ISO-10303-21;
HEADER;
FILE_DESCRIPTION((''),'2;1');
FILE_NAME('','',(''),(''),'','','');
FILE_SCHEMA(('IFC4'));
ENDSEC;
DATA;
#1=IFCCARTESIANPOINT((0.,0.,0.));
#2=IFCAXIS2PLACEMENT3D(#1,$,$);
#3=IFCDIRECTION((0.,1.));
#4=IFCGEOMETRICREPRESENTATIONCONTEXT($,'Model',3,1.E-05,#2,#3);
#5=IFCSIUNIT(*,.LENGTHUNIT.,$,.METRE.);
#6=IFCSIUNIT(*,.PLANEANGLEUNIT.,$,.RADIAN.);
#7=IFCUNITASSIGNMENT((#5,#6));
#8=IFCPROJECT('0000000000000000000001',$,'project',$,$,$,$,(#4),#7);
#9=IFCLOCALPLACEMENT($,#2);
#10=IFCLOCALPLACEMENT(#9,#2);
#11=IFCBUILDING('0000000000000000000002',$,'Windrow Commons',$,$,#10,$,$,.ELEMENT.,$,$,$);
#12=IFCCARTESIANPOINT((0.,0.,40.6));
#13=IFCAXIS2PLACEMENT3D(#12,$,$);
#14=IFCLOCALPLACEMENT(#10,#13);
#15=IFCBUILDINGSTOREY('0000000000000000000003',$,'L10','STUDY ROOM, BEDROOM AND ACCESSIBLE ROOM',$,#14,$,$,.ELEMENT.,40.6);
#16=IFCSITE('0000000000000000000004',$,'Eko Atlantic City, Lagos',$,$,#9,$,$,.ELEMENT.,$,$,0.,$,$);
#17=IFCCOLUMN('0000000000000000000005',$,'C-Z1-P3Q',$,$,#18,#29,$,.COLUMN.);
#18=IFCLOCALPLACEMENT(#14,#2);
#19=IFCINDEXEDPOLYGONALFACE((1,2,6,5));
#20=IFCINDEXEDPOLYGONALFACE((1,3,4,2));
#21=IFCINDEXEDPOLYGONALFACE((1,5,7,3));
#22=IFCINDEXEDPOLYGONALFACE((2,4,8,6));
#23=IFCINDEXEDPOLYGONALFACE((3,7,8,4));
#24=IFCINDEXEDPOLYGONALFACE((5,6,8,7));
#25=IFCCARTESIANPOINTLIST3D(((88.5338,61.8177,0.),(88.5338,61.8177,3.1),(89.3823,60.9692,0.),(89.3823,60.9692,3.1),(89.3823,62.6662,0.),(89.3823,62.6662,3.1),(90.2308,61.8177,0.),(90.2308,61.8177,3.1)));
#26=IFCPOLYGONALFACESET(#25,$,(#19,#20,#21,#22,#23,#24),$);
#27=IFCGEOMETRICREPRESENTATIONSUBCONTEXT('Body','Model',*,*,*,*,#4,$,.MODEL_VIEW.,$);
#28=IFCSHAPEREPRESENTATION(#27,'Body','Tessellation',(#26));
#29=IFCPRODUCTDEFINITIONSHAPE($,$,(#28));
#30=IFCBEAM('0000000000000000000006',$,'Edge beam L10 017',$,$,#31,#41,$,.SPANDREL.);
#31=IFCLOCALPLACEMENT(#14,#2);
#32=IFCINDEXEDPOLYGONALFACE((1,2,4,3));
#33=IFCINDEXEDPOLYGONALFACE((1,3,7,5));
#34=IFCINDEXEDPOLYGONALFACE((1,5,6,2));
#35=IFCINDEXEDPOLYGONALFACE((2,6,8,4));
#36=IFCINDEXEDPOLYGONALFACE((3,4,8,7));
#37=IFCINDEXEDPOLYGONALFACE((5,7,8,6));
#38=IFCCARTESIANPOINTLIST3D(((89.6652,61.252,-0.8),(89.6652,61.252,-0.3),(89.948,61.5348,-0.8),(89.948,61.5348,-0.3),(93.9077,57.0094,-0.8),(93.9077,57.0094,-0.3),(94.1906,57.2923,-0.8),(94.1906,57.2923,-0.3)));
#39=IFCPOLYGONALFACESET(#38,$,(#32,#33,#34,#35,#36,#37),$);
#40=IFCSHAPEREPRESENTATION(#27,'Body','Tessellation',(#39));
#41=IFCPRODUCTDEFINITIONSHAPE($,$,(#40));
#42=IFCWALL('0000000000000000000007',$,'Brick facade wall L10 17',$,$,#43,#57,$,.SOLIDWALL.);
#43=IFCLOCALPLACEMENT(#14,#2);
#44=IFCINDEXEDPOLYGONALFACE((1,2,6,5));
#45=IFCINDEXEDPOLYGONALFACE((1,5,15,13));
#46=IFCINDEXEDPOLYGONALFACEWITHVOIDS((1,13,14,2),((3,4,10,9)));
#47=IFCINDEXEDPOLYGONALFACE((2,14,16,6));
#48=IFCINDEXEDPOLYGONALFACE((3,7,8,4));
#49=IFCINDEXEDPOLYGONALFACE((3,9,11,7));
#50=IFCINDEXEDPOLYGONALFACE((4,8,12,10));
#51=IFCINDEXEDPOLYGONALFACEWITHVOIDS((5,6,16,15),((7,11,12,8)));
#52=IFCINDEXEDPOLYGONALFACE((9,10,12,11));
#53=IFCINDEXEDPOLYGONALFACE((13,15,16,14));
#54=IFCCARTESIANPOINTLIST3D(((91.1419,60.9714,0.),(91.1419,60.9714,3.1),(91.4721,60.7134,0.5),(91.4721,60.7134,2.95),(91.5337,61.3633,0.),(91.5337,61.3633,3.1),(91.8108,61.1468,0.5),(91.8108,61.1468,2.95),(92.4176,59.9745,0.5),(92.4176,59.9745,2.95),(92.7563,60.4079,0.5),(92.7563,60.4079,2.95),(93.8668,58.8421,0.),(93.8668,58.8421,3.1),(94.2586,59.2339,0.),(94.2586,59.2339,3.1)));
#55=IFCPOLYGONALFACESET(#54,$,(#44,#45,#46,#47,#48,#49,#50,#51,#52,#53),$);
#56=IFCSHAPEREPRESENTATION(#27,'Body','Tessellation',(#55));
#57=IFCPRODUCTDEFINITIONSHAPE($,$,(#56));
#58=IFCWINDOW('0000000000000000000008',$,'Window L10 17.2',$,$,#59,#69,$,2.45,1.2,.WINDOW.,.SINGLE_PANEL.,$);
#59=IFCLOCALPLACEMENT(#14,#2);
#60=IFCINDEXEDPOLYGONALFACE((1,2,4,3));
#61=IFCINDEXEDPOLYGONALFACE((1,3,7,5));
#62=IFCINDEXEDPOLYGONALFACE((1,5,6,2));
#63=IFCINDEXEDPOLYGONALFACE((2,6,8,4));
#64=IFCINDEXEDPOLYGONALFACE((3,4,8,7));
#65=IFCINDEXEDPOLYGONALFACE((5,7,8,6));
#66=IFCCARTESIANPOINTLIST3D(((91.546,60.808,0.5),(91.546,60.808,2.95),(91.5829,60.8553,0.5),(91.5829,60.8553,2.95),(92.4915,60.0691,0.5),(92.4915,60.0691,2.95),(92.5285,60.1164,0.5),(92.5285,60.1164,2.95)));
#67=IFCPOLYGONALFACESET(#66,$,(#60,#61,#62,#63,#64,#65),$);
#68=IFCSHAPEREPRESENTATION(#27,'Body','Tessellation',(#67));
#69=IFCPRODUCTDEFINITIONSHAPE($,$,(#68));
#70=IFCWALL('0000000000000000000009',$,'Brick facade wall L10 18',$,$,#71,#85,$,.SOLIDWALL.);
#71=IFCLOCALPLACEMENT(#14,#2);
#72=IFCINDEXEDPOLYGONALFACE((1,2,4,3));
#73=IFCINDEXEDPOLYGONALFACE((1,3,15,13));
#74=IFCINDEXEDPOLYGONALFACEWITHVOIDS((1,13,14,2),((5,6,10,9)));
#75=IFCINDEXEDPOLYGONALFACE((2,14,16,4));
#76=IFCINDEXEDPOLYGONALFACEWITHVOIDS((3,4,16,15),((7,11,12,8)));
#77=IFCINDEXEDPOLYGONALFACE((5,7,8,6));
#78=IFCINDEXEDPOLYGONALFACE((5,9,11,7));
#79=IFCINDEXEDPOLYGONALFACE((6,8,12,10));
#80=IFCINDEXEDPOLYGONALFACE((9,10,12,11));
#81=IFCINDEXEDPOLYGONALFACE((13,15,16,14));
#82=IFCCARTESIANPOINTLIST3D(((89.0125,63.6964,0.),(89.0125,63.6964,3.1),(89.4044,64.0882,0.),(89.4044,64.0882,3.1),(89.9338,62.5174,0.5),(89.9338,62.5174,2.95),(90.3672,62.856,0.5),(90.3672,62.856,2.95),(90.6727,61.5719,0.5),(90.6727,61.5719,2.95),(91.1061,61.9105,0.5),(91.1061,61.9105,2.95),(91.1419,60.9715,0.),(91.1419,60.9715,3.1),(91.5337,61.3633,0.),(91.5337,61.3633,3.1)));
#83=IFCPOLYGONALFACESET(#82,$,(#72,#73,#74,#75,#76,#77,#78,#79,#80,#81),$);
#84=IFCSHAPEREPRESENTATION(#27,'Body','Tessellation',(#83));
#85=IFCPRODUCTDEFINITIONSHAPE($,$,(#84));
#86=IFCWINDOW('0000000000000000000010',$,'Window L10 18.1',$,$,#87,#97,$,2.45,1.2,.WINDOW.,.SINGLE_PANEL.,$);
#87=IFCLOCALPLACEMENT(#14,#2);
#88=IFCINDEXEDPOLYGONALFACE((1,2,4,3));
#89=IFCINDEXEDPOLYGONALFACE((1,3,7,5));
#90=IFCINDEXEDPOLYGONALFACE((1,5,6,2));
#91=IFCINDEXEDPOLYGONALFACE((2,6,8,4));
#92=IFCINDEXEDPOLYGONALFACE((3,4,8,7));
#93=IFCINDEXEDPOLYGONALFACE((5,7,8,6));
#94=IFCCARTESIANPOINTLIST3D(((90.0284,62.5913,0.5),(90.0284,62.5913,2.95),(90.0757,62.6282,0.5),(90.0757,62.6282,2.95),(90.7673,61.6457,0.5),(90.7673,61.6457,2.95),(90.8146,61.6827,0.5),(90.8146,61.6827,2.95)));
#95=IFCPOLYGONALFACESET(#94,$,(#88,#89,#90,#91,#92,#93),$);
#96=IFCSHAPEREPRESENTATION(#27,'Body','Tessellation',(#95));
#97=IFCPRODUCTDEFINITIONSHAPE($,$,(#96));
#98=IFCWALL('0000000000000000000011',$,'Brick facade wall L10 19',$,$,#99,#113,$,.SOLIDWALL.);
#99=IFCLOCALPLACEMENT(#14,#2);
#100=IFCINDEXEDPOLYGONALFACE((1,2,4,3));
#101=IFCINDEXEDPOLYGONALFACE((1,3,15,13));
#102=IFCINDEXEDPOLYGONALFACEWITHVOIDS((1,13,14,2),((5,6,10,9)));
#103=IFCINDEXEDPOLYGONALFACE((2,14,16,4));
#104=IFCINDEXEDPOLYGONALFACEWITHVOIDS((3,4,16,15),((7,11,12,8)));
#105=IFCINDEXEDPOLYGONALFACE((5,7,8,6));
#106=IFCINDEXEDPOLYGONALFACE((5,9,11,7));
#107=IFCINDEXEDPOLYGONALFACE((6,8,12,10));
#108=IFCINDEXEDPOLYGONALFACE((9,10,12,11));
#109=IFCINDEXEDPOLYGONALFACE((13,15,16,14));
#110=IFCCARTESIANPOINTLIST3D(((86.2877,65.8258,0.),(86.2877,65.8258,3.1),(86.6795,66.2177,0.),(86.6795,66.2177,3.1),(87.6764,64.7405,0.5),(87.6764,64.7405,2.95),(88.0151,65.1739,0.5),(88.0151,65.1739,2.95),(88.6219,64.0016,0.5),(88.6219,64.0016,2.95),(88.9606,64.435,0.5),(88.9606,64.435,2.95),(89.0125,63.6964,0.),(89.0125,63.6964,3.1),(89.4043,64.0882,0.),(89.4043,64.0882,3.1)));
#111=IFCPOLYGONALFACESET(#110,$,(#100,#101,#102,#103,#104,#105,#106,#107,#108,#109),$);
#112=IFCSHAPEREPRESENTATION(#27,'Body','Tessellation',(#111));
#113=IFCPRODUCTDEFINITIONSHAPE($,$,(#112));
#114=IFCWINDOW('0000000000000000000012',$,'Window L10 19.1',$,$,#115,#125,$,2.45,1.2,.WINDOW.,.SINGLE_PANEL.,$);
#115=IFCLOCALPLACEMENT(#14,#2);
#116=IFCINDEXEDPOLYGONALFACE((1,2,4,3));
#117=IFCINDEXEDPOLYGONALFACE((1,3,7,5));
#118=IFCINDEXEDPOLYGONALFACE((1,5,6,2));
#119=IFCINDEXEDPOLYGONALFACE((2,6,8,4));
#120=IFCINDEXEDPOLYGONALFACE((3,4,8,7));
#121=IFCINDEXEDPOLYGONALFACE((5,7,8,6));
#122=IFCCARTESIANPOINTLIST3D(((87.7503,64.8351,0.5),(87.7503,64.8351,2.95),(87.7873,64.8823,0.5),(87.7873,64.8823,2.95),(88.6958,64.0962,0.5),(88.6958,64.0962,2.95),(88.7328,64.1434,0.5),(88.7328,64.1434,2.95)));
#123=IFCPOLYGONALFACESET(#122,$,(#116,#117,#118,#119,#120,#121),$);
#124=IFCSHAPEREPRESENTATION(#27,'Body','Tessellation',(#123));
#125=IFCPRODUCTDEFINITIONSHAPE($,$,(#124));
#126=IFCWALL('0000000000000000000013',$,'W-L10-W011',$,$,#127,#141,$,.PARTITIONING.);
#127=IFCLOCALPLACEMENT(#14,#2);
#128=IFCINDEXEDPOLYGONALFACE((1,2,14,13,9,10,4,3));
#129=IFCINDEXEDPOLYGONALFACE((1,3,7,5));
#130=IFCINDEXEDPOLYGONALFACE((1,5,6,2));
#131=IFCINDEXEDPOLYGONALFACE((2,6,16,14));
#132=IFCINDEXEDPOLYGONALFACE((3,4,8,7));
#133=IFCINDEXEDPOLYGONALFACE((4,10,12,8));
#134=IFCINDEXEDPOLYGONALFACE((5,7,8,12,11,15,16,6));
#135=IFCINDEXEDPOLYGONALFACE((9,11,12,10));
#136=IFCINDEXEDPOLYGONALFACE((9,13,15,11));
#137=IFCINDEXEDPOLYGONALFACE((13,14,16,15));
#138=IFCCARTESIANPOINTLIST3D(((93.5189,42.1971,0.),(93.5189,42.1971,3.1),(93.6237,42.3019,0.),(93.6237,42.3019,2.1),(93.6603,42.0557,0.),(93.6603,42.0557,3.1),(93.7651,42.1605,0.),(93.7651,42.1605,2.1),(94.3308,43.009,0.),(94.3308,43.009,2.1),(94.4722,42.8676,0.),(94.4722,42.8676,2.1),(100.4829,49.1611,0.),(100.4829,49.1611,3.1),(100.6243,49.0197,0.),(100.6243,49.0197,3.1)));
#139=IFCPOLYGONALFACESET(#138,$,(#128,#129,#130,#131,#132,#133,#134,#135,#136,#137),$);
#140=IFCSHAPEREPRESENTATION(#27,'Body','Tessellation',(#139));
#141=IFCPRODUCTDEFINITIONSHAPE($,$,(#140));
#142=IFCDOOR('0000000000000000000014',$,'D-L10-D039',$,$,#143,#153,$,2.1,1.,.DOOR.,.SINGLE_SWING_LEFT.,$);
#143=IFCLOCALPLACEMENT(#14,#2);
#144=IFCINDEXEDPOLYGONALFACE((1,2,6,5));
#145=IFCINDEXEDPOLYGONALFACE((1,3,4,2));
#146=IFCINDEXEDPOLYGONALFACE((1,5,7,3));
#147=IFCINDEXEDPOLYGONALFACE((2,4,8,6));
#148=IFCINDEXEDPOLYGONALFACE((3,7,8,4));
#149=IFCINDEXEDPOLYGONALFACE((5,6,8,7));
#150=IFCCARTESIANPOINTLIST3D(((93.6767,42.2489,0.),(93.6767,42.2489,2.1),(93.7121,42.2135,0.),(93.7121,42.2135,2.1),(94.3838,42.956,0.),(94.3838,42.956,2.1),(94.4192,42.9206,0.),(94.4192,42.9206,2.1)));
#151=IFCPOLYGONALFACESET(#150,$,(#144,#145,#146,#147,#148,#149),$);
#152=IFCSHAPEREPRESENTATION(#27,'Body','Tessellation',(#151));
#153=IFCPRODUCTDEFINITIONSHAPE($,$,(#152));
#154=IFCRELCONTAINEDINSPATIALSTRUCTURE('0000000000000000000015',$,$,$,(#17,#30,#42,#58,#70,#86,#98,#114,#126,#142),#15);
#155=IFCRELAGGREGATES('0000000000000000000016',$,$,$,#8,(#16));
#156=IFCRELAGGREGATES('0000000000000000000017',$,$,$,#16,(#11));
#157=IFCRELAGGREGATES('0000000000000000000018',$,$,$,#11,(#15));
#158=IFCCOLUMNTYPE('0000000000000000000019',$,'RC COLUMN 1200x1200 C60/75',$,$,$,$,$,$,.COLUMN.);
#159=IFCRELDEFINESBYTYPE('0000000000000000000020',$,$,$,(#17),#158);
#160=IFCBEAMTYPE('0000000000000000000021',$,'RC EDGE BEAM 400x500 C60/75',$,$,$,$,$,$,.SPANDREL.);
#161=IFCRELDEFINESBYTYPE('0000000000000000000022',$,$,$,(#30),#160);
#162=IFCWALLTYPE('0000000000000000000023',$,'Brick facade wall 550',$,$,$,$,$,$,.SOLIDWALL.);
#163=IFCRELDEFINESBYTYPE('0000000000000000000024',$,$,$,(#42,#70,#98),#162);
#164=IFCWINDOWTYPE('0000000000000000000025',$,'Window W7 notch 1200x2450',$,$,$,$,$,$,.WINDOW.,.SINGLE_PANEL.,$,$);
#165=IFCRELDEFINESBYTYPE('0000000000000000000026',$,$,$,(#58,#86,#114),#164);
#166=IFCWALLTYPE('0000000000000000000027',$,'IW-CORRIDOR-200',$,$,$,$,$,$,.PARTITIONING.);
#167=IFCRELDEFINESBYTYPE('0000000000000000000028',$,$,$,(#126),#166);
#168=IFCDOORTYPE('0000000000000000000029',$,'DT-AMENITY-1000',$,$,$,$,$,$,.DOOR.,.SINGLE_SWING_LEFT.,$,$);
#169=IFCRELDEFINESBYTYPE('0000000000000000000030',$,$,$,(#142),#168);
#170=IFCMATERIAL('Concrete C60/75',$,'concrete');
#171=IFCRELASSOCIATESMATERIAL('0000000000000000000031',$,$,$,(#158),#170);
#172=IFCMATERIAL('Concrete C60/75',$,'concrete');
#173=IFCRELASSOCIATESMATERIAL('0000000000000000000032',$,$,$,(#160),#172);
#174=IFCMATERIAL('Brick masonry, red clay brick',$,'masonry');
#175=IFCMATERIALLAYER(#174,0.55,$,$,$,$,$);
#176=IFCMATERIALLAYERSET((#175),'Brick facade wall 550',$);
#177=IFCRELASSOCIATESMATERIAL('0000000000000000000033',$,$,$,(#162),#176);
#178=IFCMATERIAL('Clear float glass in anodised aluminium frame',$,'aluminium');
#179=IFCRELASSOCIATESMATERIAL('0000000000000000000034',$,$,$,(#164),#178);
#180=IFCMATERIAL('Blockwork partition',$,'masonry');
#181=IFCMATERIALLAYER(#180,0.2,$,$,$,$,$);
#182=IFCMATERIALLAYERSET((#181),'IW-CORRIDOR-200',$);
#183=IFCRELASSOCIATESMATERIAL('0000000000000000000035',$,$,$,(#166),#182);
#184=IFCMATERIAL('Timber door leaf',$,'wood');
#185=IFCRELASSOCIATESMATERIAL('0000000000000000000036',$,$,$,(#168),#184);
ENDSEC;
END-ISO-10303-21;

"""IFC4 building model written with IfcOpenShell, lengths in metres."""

from ifc_helpers import new_model, si_unit, direction, frame, frame_2d, origin, origin_2d, place, context, subcontext, project, spatial, polyline, rectangle, outline, extrude, material, layer, layer_set, material_profile, profile_set, type_object, element, fill, save


model = new_model("IFC4")

# Units and contexts
model_context = context("Model", 3, precision=1e-05, world=origin(), true_north=direction((0.0, 1.0)))
body_context = subcontext(model_context, "Body", "Model", "MODEL_VIEW")
ifc_project = project(units=[si_unit("LENGTHUNIT", "METRE"), si_unit("PLANEANGLEUNIT", "RADIAN")], contexts=[model_context])

# Site, building, storey
site_placement = place(None, origin())
site = spatial("IfcSite", under=ifc_project, at=site_placement, Name="Eko Atlantic City, Lagos", CompositionType="ELEMENT", RefElevation=0.0)
building_placement = place(site_placement, origin())
building = spatial("IfcBuilding", under=site, at=building_placement, Name="Windrow Commons", CompositionType="ELEMENT")
storey_placement = place(building_placement, frame((0.0, 0.0, 40.6)))
storey = spatial("IfcBuildingStorey", under=building, at=storey_placement, Name="L10", Description="STUDY ROOM, BEDROOM AND ACCESSIBLE ROOM", CompositionType="ELEMENT", Elevation=40.6)

# Column
ifc_material_1 = material(Name="Concrete C60/75", Category="concrete")
ifc_material_profile_1 = material_profile(ifc_material_1, rectangle(XDim=1.2, YDim=1.2, at=origin_2d()))
ifc_profile_set_1 = profile_set([ifc_material_profile_1], Name="Concrete C60/75")
column_type = type_object("IfcColumnType", Name="RC COLUMN 1200x1200 C60/75", PredefinedType="COLUMN", material=ifc_profile_set_1)
column_placement = place(storey_placement, frame((89.3823, 61.8177, 0.0), z_axis=(0.0, 0.0, 1.0), x_axis=(0.707107, -0.707107, 0.0)))
element("IfcColumn", 1, at=column_placement, inside=storey, type_object=column_type, Name="C-Z1-P3Q", PredefinedType="COLUMN", context=body_context, shape_type="SweptSolid", body=[
    extrude(rectangle(XDim=1.2, YDim=1.2, at=origin_2d()), origin(), (0.0, 0.0, 1.0), 3.1),
])

# Beam
ifc_material_2 = material(Name="Concrete C60/75", Category="concrete")
ifc_material_profile_2 = material_profile(ifc_material_2, rectangle(XDim=0.4, YDim=0.5, at=origin_2d()))
ifc_profile_set_2 = profile_set([ifc_material_profile_2], Name="Concrete C60/75")
beam_type = type_object("IfcBeamType", Name="RC EDGE BEAM 400x500 C60/75", PredefinedType="SPANDREL", material=ifc_profile_set_2)
beam_placement = place(storey_placement, frame((89.8066, 61.3934, -0.55), z_axis=(0.707107, -0.707107, 0.0), x_axis=(0.707107, 0.707107, 0.0)))
element("IfcBeam", 2, at=beam_placement, inside=storey, type_object=beam_type, Name="Edge beam L10 017", PredefinedType="SPANDREL", context=body_context, shape_type="SweptSolid", body=[
    extrude(rectangle(XDim=0.4, YDim=0.5, at=origin_2d()), origin(), (0.0, 0.0, 1.0), 5.9999),
])

# Walls, openings, windows
ifc_material_3 = material(Name="Brick masonry, red clay brick", Category="masonry")
ifc_layer_1 = layer(ifc_material_3, 0.55)
ifc_layer_set_1 = layer_set([ifc_layer_1], Name="Brick facade wall 550")
wall_type_1 = type_object("IfcWallType", Name="Brick facade wall 550", PredefinedType="SOLIDWALL", material=ifc_layer_set_1)
wall_1_placement = place(storey_placement, frame((94.0627, 59.038, 0.0), z_axis=(0.0, 0.0, 1.0), x_axis=(-0.787944, 0.615747, 0.0)))
wall_1 = element("IfcWall", 3, at=wall_1_placement, inside=storey, type_object=wall_type_1, Name="Brick facade wall L10 17", PredefinedType="SOLIDWALL", context=body_context, shape_type="SweptSolid", body=[
    extrude(outline(polyline([(-0.0337, -0.275), (3.4245, -0.275), (3.4919, 0.275), (0.0337, 0.275), (-0.0337, -0.275)])), origin(), (0.0, 0.0, 1.0), 3.1),
])
opening_1_placement = place(wall_1_placement, frame((1.8729, 0.0, 0.5)))
opening_1 = element("IfcOpeningElement", 4, at=opening_1_placement, cuts=wall_1, PredefinedType="OPENING", context=body_context, shape_type="SweptSolid", body=[
    extrude(rectangle(XDim=1.2, YDim=2.45, at=frame_2d((0.6, 1.225))), frame((0.0, 0.285, 0.0), z_axis=(0.0, -1.0, 0.0), x_axis=(1.0, 0.0, 0.0)), (0.0, 0.0, 1.0), 0.57),
])
ifc_material_4 = material(Name="Clear float glass in anodised aluminium frame", Category="aluminium")
window_type = type_object("IfcWindowType", Name="Window W7 notch 1200x2450", PartitioningType="SINGLE_PANEL", PredefinedType="WINDOW", material=ifc_material_4)
window_1_placement = place(opening_1_placement, origin())
window_1 = element("IfcWindow", 5, at=window_1_placement, inside=storey, type_object=window_type, Name="Window L10 17.2", OverallHeight=2.45, OverallWidth=1.2, PartitioningType="SINGLE_PANEL", PredefinedType="WINDOW", context=body_context, shape_type="SweptSolid", body=[
    extrude(rectangle(XDim=1.2, YDim=2.45, at=frame_2d((0.6, 1.225))), frame((0.0, 0.155, 0.0), z_axis=(0.0, -1.0, 0.0), x_axis=(1.0, 0.0, 0.0)), (0.0, 0.0, 1.0), 0.06),
])
fill(opening_1, window_1)
wall_2_placement = place(storey_placement, frame((91.3378, 61.1674, 0.0), z_axis=(0.0, 0.0, 1.0), x_axis=(-0.615747, 0.787944, 0.0)))
wall_2 = element("IfcWall", 6, at=wall_2_placement, inside=storey, type_object=wall_type_1, Name="Brick facade wall L10 18", PredefinedType="SOLIDWALL", context=body_context, shape_type="SweptSolid", body=[
    extrude(outline(polyline([(0.0337, -0.275), (3.4919, -0.275), (3.4245, 0.275), (-0.0337, 0.275), (0.0337, -0.275)])), origin(), (0.0, 0.0, 1.0), 3.1),
])
opening_2_placement = place(wall_2_placement, frame((0.7282, 0.0, 0.5)))
opening_2 = element("IfcOpeningElement", 7, at=opening_2_placement, cuts=wall_2, PredefinedType="OPENING", context=body_context, shape_type="SweptSolid", body=[
    extrude(rectangle(XDim=1.2, YDim=2.45, at=frame_2d((0.6, 1.225))), frame((0.0, 0.285, 0.0), z_axis=(0.0, -1.0, 0.0), x_axis=(1.0, 0.0, 0.0)), (0.0, 0.0, 1.0), 0.57),
])
window_2_placement = place(opening_2_placement, origin())
window_2 = element("IfcWindow", 8, at=window_2_placement, inside=storey, type_object=window_type, Name="Window L10 18.1", OverallHeight=2.45, OverallWidth=1.2, PartitioningType="SINGLE_PANEL", PredefinedType="WINDOW", context=body_context, shape_type="SweptSolid", body=[
    extrude(rectangle(XDim=1.2, YDim=2.45, at=frame_2d((0.6, 1.225))), frame((0.0, 0.155, 0.0), z_axis=(0.0, -1.0, 0.0), x_axis=(1.0, 0.0, 0.0)), (0.0, 0.0, 1.0), 0.06),
])
fill(opening_2, window_2)
wall_3_placement = place(storey_placement, frame((89.2084, 63.8923, 0.0), z_axis=(0.0, 0.0, 1.0), x_axis=(-0.787933, 0.615761, 0.0)))
wall_3 = element("IfcWall", 9, at=wall_3_placement, inside=storey, type_object=wall_type_1, Name="Brick facade wall L10 19", PredefinedType="SOLIDWALL", context=body_context, shape_type="SweptSolid", body=[
    extrude(outline(polyline([(-0.0337, -0.275), (3.4245, -0.275), (3.4919, 0.275), (0.0337, 0.275), (-0.0337, -0.275)])), origin(), (0.0, 0.0, 1.0), 3.1),
])
opening_3_placement = place(wall_3_placement, frame((0.5294, 0.0, 0.5)))
opening_3 = element("IfcOpeningElement", 10, at=opening_3_placement, cuts=wall_3, PredefinedType="OPENING", context=body_context, shape_type="SweptSolid", body=[
    extrude(rectangle(XDim=1.2, YDim=2.45, at=frame_2d((0.6, 1.225))), frame((0.0, 0.285, 0.0), z_axis=(0.0, -1.0, 0.0), x_axis=(1.0, 0.0, 0.0)), (0.0, 0.0, 1.0), 0.57),
])
window_3_placement = place(opening_3_placement, origin())
window_3 = element("IfcWindow", 11, at=window_3_placement, inside=storey, type_object=window_type, Name="Window L10 19.1", OverallHeight=2.45, OverallWidth=1.2, PartitioningType="SINGLE_PANEL", PredefinedType="WINDOW", context=body_context, shape_type="SweptSolid", body=[
    extrude(rectangle(XDim=1.2, YDim=2.45, at=frame_2d((0.6, 1.225))), frame((0.0, 0.155, 0.0), z_axis=(0.0, -1.0, 0.0), x_axis=(1.0, 0.0, 0.0)), (0.0, 0.0, 1.0), 0.06),
])
fill(opening_3, window_3)

# Wall, opening, door
ifc_material_5 = material(Name="Blockwork partition", Category="masonry")
ifc_layer_2 = layer(ifc_material_5, 0.2)
ifc_layer_set_2 = layer_set([ifc_layer_2], Name="IW-CORRIDOR-200")
wall_type_2 = type_object("IfcWallType", Name="IW-CORRIDOR-200", PredefinedType="PARTITIONING", material=ifc_layer_set_2)
wall_4_placement = place(storey_placement, frame((93.5896, 42.1264, 0.0), z_axis=(0.0, 0.0, 1.0), x_axis=(0.707107, 0.707107, 0.0)))
wall_4 = element("IfcWall", 12, at=wall_4_placement, inside=storey, type_object=wall_type_2, Name="W-L10-W011", PredefinedType="PARTITIONING", context=body_context, shape_type="SweptSolid", body=[
    extrude(rectangle(XDim=9.8486, YDim=0.2, at=frame_2d((4.9243, 0.0))), origin(), (0.0, 0.0, 1.0), 3.1),
])
opening_4_placement = place(wall_4_placement, frame((0.1482, 0.0, 0.0)))
opening_4 = element("IfcOpeningElement", 13, at=opening_4_placement, cuts=wall_4, PredefinedType="OPENING", context=body_context, shape_type="SweptSolid", body=[
    extrude(rectangle(XDim=1.0, YDim=2.1, at=frame_2d((0.5, 1.05))), frame((0.0, 0.11, 0.0), z_axis=(0.0, -1.0, 0.0), x_axis=(1.0, 0.0, 0.0)), (0.0, 0.0, 1.0), 0.22),
])
ifc_material_6 = material(Name="Timber door leaf", Category="wood")
door_type_1 = type_object("IfcDoorType", Name="DT-AMENITY-1000", OperationType="SINGLE_SWING_LEFT", PredefinedType="DOOR", material=ifc_material_6)
door_1_placement = place(opening_4_placement, origin())
door_1 = element("IfcDoor", 14, at=door_1_placement, inside=storey, type_object=door_type_1, Name="D-L10-D039", OperationType="SINGLE_SWING_LEFT", OverallHeight=2.1, OverallWidth=1.0, PredefinedType="DOOR", context=body_context, shape_type="SweptSolid", body=[
    extrude(rectangle(XDim=1.0, YDim=2.1, at=frame_2d((0.5, 1.05))), frame((0.0, 0.025, 0.0), z_axis=(0.0, -1.0, 0.0), x_axis=(1.0, 0.0, 0.0)), (0.0, 0.0, 1.0), 0.05),
])
fill(opening_4, door_1)

save(model, "model.ifc")
